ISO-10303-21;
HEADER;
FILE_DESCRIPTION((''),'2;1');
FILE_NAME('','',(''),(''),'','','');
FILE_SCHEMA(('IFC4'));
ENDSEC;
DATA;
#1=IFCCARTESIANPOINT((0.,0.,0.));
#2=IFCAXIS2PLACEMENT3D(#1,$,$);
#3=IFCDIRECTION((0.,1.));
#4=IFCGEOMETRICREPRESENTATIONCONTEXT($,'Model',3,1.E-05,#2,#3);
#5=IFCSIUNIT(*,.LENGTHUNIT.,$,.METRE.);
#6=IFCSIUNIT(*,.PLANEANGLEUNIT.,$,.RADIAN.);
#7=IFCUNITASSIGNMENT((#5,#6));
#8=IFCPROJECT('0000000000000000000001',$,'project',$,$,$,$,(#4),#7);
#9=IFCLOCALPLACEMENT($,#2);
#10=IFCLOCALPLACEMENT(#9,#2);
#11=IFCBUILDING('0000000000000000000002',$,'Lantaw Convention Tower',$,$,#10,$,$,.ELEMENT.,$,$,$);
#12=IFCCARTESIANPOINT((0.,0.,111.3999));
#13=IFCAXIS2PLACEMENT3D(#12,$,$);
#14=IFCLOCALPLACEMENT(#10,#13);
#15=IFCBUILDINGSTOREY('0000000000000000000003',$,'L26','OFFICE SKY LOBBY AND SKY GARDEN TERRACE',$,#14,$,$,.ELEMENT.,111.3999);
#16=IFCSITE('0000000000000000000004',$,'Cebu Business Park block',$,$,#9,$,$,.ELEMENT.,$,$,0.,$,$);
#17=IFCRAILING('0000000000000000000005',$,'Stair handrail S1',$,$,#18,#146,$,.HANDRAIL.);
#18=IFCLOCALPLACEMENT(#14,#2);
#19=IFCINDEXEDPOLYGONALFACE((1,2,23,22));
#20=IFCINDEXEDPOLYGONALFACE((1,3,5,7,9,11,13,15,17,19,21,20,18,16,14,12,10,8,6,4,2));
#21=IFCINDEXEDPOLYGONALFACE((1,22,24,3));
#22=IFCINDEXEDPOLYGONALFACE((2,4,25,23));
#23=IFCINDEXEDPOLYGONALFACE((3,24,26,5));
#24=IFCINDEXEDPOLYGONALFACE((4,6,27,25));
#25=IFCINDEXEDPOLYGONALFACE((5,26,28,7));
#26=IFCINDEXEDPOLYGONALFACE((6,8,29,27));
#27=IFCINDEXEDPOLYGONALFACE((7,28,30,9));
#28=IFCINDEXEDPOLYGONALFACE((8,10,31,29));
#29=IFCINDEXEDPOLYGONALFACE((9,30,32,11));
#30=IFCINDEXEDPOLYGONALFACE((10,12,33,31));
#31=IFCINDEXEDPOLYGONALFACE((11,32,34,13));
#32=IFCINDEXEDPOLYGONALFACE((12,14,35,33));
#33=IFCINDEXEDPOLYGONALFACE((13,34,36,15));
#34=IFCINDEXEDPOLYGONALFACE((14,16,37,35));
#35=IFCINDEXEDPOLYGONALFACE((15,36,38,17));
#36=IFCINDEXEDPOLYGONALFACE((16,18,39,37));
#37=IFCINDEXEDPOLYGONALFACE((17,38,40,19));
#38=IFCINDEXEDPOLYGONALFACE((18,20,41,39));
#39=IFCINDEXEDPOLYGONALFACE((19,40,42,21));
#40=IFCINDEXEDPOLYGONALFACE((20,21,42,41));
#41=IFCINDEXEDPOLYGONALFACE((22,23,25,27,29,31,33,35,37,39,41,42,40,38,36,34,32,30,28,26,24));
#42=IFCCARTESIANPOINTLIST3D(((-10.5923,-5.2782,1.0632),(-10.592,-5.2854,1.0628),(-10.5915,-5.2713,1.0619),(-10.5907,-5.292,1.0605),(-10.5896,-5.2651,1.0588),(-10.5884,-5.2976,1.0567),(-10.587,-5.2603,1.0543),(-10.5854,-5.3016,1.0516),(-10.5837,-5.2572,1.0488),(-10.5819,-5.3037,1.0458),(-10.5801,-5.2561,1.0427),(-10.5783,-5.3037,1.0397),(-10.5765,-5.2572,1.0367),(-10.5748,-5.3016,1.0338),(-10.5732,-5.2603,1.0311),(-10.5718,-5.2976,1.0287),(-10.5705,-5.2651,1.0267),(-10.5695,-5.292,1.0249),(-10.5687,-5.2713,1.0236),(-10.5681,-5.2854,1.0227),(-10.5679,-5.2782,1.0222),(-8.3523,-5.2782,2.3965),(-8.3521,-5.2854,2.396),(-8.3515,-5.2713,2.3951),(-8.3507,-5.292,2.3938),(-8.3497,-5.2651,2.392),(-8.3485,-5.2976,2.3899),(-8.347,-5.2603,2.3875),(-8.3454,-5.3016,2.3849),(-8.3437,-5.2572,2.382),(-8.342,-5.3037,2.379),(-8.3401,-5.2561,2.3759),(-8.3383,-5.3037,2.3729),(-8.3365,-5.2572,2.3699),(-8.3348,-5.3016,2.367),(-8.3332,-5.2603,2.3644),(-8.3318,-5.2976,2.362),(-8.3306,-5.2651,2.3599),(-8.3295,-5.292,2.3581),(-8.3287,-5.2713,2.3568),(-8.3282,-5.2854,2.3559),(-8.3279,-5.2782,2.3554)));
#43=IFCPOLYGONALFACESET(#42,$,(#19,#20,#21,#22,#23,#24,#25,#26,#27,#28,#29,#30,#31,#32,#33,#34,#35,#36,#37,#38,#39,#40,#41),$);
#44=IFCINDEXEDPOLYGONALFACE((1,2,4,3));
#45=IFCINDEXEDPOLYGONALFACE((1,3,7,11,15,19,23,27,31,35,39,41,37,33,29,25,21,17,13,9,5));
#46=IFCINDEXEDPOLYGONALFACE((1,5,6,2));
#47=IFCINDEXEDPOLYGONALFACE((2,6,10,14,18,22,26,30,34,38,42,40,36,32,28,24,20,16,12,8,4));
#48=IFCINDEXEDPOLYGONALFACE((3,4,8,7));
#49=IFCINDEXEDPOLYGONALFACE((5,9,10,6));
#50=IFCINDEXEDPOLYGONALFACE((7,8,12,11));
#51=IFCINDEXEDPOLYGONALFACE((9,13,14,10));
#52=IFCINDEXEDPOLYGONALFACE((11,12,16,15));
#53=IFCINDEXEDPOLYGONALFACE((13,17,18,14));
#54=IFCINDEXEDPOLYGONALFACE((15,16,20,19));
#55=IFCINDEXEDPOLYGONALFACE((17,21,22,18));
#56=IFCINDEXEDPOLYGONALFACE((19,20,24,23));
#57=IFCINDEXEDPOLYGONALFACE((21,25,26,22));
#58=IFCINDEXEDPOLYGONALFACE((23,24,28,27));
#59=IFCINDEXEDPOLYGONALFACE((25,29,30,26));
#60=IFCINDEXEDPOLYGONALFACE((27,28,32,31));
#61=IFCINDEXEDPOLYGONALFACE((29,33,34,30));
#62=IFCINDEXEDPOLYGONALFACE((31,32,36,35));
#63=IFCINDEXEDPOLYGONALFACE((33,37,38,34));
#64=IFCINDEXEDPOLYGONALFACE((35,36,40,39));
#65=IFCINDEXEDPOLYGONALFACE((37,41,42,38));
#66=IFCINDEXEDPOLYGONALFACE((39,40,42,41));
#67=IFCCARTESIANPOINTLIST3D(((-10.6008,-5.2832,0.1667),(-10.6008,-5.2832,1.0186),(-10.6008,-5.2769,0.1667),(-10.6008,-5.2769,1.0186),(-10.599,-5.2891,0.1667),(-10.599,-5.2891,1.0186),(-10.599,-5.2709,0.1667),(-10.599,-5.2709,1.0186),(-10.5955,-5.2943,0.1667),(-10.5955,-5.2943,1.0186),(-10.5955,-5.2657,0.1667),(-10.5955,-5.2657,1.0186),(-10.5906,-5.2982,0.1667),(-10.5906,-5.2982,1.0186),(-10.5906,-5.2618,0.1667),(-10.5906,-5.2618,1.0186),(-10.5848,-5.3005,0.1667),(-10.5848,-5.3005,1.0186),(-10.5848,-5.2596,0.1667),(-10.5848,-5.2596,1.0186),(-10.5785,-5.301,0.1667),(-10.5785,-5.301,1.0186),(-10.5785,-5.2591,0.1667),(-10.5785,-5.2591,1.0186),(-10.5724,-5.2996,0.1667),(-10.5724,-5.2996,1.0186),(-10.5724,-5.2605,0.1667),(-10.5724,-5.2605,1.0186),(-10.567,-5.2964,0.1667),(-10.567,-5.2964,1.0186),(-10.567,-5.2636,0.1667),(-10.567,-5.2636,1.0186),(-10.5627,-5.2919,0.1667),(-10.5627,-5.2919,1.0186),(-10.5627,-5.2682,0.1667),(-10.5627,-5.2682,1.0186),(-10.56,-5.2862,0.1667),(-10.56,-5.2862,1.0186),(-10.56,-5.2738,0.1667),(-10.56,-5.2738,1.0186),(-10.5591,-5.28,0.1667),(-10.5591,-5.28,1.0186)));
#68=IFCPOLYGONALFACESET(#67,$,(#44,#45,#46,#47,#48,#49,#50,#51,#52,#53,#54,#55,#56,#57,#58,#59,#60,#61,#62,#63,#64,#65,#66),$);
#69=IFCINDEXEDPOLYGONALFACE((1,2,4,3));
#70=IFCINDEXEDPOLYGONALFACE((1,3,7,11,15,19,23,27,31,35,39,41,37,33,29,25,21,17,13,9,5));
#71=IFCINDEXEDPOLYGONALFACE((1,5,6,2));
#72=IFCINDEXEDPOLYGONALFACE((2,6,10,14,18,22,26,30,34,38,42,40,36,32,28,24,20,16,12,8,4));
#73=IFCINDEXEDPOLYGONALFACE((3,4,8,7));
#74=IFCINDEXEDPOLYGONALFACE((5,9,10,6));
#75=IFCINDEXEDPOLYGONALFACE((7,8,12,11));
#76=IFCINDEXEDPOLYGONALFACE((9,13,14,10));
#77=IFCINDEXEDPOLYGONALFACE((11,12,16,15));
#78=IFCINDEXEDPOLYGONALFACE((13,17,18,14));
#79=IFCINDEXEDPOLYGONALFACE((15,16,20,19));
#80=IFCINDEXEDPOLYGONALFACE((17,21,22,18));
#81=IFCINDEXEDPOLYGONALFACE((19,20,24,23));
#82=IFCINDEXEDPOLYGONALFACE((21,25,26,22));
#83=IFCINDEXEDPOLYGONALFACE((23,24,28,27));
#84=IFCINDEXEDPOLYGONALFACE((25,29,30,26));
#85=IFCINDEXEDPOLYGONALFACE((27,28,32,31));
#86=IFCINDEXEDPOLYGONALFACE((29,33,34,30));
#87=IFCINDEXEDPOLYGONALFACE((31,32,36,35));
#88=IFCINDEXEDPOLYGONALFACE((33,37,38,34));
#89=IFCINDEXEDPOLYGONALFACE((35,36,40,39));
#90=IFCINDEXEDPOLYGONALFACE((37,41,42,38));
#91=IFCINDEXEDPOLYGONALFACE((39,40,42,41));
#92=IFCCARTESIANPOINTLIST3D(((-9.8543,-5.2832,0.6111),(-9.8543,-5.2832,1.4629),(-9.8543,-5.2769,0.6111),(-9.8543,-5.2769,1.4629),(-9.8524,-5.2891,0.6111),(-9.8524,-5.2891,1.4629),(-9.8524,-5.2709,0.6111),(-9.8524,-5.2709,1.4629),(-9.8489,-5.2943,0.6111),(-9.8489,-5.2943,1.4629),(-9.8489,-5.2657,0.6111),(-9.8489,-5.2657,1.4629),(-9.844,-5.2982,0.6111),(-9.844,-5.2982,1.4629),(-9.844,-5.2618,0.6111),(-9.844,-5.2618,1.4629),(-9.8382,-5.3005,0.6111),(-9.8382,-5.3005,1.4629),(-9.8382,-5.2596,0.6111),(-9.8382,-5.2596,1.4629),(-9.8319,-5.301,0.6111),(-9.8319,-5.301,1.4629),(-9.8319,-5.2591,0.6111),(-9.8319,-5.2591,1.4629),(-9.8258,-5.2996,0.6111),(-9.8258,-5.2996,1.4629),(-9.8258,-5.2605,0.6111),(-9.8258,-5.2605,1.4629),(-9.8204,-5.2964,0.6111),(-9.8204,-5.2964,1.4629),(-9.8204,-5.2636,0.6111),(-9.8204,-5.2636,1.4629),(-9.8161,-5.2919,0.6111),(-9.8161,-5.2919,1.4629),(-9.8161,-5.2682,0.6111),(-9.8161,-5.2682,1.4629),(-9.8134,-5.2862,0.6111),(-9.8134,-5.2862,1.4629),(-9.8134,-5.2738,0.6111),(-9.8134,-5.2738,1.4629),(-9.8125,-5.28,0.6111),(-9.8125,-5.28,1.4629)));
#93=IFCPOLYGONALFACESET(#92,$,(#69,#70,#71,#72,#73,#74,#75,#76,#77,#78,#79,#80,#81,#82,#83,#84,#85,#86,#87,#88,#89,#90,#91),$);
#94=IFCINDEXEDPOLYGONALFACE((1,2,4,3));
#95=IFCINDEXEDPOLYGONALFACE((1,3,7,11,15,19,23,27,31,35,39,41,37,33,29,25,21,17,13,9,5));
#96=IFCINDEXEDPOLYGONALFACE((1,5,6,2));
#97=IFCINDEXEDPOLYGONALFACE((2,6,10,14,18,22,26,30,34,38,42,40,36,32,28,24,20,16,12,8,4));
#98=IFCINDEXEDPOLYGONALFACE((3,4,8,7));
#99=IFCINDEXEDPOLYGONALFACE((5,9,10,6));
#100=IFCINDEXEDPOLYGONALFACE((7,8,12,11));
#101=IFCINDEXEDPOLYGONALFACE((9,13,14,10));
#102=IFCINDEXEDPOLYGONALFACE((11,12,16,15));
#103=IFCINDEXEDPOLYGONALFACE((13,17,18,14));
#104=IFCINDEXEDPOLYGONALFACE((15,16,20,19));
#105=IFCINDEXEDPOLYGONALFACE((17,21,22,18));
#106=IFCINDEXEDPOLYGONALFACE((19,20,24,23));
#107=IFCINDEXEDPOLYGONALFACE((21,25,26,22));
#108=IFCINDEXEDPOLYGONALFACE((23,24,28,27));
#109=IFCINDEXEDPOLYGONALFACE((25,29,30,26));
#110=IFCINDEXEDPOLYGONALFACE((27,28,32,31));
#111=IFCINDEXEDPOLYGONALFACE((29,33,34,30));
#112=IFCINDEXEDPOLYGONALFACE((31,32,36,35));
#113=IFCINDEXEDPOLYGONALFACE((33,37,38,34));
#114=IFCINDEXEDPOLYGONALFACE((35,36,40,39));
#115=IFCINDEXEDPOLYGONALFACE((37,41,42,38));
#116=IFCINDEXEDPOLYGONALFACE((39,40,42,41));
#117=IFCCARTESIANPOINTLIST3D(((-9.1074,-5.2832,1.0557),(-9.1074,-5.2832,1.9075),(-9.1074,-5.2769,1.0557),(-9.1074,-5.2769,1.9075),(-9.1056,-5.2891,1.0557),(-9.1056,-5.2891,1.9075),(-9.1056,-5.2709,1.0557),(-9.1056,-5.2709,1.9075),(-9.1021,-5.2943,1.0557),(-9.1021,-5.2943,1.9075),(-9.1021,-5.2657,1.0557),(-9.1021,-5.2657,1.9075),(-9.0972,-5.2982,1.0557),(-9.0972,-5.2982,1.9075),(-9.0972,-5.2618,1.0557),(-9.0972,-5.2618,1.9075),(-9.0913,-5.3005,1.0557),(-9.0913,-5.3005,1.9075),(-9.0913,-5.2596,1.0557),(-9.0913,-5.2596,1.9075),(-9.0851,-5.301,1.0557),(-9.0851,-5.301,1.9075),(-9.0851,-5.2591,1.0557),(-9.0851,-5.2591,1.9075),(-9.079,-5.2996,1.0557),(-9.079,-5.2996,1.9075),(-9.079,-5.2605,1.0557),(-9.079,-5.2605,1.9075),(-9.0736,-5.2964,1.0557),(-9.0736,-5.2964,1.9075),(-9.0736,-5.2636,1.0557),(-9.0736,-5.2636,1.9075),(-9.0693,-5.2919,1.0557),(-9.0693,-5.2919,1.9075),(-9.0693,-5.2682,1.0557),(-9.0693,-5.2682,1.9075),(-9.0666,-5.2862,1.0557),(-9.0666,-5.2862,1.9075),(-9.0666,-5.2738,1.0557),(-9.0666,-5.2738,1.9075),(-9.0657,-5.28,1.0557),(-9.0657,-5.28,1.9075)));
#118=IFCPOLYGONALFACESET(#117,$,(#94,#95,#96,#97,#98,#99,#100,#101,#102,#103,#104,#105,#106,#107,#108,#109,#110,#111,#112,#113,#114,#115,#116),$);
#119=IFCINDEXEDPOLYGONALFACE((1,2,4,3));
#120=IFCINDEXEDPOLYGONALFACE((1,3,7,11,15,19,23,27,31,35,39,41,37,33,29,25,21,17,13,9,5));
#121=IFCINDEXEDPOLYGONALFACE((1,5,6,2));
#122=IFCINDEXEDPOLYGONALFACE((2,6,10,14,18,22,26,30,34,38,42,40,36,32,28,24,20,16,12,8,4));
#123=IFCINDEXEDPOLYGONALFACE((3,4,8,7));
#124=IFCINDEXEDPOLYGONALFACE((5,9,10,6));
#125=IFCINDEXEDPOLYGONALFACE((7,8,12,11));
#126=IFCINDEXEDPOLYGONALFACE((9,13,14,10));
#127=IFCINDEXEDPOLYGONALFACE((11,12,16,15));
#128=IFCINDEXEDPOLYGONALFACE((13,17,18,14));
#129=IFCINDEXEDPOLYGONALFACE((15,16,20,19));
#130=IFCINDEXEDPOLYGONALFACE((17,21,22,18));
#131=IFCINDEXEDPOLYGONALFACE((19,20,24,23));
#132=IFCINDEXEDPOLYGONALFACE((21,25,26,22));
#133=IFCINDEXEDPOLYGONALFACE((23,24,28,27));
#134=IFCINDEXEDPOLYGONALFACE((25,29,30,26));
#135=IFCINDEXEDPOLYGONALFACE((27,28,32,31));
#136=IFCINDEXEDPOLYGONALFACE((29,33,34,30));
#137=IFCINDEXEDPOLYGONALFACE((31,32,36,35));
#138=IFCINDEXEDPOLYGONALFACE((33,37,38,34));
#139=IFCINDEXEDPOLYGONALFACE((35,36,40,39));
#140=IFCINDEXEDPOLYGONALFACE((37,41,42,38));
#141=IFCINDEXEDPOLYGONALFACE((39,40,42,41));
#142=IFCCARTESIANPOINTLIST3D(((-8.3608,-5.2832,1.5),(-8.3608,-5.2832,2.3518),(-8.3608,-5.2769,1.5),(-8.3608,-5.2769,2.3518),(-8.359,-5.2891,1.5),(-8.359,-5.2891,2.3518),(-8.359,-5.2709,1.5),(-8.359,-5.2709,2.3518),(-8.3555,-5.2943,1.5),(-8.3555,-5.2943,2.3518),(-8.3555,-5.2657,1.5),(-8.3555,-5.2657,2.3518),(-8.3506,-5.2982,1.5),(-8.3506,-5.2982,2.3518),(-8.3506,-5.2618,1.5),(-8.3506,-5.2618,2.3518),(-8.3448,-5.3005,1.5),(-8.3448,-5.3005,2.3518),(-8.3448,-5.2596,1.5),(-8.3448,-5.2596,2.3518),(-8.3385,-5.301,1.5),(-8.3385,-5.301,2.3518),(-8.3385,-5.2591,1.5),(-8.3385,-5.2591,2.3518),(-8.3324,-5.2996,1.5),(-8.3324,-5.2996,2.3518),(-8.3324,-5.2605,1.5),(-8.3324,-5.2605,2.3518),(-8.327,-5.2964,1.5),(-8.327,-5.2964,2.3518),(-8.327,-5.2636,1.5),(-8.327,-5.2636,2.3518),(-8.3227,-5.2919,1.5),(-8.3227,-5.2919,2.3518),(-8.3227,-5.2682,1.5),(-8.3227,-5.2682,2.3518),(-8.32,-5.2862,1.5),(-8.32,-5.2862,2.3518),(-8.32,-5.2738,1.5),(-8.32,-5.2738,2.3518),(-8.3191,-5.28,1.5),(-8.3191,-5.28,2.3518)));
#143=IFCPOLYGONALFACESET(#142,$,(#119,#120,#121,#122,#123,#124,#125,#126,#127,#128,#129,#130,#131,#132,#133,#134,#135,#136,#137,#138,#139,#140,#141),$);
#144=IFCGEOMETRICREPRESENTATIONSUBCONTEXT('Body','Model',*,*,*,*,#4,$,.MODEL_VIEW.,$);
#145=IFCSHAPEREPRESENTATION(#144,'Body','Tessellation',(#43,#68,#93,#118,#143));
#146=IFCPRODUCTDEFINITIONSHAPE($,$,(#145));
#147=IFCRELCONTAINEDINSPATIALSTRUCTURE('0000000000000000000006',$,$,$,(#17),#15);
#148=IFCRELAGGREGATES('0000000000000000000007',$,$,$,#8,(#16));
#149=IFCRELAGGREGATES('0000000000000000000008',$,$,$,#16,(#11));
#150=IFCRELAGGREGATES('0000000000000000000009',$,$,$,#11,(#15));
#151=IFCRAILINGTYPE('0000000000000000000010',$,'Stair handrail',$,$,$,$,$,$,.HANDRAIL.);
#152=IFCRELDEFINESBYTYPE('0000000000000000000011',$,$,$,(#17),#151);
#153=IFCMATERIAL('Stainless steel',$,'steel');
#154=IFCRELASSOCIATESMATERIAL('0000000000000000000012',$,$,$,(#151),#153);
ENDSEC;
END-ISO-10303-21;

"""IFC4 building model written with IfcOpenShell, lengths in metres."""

from ifc_helpers import new_model, si_unit, direction, frame, origin, origin_2d, place, context, subcontext, project, spatial, circle, extrude, material, type_object, element, save


model = new_model("IFC4")

# Units and contexts
model_context = context("Model", 3, precision=1e-05, world=origin(), true_north=direction((0.0, 1.0)))
body_context = subcontext(model_context, "Body", "Model", "MODEL_VIEW")
ifc_project = project(units=[si_unit("LENGTHUNIT", "METRE"), si_unit("PLANEANGLEUNIT", "RADIAN")], contexts=[model_context])

# Site, building, storey
site_placement = place(None, origin())
site = spatial("IfcSite", under=ifc_project, at=site_placement, Name="Cebu Business Park block", CompositionType="ELEMENT", RefElevation=0.0)
building_placement = place(site_placement, origin())
building = spatial("IfcBuilding", under=site, at=building_placement, Name="Lantaw Convention Tower", CompositionType="ELEMENT")
storey_placement = place(building_placement, frame((0.0, 0.0, 111.3999)))
storey = spatial("IfcBuildingStorey", under=building, at=storey_placement, Name="L26", Description="OFFICE SKY LOBBY AND SKY GARDEN TERRACE", CompositionType="ELEMENT", Elevation=111.3999)

# Shared definitions
ifc_material_1 = material(Name="Stainless steel", Category="steel")

# Railing
railing_type = type_object("IfcRailingType", Name="Stair handrail", PredefinedType="HANDRAIL", material=ifc_material_1)
railing_1_placement = place(storey_placement, frame((-10.5801, -5.28, 0.1667)))
element("IfcRailing", 1, at=railing_1_placement, inside=storey, type_object=railing_type, Name="Stair handrail S1", PredefinedType="HANDRAIL", context=body_context, shape_type="SweptSolid", body=[
    extrude(circle(Radius=0.0239, at=origin_2d()), frame((0.0, 0.0, 0.876), z_axis=(0.859306, 0.0, 0.511462), x_axis=(0.0, 1.0, 0.0)), (0.0, 0.0, 1.0), 2.6067),
    extrude(circle(Radius=0.021, at=origin_2d()), origin(), (0.0, 0.0, 1.0), 0.8518),
    extrude(circle(Radius=0.021, at=origin_2d()), frame((0.7466, 0.0, 0.4443)), (0.0, 0.0, 1.0), 0.8518),
    extrude(circle(Radius=0.021, at=origin_2d()), frame((1.4934, 0.0, 0.8889)), (0.0, 0.0, 1.0), 0.8518),
    extrude(circle(Radius=0.021, at=origin_2d()), frame((2.24, 0.0, 1.3333)), (0.0, 0.0, 1.0), 0.8518),
])

save(model, "model.ifc")
